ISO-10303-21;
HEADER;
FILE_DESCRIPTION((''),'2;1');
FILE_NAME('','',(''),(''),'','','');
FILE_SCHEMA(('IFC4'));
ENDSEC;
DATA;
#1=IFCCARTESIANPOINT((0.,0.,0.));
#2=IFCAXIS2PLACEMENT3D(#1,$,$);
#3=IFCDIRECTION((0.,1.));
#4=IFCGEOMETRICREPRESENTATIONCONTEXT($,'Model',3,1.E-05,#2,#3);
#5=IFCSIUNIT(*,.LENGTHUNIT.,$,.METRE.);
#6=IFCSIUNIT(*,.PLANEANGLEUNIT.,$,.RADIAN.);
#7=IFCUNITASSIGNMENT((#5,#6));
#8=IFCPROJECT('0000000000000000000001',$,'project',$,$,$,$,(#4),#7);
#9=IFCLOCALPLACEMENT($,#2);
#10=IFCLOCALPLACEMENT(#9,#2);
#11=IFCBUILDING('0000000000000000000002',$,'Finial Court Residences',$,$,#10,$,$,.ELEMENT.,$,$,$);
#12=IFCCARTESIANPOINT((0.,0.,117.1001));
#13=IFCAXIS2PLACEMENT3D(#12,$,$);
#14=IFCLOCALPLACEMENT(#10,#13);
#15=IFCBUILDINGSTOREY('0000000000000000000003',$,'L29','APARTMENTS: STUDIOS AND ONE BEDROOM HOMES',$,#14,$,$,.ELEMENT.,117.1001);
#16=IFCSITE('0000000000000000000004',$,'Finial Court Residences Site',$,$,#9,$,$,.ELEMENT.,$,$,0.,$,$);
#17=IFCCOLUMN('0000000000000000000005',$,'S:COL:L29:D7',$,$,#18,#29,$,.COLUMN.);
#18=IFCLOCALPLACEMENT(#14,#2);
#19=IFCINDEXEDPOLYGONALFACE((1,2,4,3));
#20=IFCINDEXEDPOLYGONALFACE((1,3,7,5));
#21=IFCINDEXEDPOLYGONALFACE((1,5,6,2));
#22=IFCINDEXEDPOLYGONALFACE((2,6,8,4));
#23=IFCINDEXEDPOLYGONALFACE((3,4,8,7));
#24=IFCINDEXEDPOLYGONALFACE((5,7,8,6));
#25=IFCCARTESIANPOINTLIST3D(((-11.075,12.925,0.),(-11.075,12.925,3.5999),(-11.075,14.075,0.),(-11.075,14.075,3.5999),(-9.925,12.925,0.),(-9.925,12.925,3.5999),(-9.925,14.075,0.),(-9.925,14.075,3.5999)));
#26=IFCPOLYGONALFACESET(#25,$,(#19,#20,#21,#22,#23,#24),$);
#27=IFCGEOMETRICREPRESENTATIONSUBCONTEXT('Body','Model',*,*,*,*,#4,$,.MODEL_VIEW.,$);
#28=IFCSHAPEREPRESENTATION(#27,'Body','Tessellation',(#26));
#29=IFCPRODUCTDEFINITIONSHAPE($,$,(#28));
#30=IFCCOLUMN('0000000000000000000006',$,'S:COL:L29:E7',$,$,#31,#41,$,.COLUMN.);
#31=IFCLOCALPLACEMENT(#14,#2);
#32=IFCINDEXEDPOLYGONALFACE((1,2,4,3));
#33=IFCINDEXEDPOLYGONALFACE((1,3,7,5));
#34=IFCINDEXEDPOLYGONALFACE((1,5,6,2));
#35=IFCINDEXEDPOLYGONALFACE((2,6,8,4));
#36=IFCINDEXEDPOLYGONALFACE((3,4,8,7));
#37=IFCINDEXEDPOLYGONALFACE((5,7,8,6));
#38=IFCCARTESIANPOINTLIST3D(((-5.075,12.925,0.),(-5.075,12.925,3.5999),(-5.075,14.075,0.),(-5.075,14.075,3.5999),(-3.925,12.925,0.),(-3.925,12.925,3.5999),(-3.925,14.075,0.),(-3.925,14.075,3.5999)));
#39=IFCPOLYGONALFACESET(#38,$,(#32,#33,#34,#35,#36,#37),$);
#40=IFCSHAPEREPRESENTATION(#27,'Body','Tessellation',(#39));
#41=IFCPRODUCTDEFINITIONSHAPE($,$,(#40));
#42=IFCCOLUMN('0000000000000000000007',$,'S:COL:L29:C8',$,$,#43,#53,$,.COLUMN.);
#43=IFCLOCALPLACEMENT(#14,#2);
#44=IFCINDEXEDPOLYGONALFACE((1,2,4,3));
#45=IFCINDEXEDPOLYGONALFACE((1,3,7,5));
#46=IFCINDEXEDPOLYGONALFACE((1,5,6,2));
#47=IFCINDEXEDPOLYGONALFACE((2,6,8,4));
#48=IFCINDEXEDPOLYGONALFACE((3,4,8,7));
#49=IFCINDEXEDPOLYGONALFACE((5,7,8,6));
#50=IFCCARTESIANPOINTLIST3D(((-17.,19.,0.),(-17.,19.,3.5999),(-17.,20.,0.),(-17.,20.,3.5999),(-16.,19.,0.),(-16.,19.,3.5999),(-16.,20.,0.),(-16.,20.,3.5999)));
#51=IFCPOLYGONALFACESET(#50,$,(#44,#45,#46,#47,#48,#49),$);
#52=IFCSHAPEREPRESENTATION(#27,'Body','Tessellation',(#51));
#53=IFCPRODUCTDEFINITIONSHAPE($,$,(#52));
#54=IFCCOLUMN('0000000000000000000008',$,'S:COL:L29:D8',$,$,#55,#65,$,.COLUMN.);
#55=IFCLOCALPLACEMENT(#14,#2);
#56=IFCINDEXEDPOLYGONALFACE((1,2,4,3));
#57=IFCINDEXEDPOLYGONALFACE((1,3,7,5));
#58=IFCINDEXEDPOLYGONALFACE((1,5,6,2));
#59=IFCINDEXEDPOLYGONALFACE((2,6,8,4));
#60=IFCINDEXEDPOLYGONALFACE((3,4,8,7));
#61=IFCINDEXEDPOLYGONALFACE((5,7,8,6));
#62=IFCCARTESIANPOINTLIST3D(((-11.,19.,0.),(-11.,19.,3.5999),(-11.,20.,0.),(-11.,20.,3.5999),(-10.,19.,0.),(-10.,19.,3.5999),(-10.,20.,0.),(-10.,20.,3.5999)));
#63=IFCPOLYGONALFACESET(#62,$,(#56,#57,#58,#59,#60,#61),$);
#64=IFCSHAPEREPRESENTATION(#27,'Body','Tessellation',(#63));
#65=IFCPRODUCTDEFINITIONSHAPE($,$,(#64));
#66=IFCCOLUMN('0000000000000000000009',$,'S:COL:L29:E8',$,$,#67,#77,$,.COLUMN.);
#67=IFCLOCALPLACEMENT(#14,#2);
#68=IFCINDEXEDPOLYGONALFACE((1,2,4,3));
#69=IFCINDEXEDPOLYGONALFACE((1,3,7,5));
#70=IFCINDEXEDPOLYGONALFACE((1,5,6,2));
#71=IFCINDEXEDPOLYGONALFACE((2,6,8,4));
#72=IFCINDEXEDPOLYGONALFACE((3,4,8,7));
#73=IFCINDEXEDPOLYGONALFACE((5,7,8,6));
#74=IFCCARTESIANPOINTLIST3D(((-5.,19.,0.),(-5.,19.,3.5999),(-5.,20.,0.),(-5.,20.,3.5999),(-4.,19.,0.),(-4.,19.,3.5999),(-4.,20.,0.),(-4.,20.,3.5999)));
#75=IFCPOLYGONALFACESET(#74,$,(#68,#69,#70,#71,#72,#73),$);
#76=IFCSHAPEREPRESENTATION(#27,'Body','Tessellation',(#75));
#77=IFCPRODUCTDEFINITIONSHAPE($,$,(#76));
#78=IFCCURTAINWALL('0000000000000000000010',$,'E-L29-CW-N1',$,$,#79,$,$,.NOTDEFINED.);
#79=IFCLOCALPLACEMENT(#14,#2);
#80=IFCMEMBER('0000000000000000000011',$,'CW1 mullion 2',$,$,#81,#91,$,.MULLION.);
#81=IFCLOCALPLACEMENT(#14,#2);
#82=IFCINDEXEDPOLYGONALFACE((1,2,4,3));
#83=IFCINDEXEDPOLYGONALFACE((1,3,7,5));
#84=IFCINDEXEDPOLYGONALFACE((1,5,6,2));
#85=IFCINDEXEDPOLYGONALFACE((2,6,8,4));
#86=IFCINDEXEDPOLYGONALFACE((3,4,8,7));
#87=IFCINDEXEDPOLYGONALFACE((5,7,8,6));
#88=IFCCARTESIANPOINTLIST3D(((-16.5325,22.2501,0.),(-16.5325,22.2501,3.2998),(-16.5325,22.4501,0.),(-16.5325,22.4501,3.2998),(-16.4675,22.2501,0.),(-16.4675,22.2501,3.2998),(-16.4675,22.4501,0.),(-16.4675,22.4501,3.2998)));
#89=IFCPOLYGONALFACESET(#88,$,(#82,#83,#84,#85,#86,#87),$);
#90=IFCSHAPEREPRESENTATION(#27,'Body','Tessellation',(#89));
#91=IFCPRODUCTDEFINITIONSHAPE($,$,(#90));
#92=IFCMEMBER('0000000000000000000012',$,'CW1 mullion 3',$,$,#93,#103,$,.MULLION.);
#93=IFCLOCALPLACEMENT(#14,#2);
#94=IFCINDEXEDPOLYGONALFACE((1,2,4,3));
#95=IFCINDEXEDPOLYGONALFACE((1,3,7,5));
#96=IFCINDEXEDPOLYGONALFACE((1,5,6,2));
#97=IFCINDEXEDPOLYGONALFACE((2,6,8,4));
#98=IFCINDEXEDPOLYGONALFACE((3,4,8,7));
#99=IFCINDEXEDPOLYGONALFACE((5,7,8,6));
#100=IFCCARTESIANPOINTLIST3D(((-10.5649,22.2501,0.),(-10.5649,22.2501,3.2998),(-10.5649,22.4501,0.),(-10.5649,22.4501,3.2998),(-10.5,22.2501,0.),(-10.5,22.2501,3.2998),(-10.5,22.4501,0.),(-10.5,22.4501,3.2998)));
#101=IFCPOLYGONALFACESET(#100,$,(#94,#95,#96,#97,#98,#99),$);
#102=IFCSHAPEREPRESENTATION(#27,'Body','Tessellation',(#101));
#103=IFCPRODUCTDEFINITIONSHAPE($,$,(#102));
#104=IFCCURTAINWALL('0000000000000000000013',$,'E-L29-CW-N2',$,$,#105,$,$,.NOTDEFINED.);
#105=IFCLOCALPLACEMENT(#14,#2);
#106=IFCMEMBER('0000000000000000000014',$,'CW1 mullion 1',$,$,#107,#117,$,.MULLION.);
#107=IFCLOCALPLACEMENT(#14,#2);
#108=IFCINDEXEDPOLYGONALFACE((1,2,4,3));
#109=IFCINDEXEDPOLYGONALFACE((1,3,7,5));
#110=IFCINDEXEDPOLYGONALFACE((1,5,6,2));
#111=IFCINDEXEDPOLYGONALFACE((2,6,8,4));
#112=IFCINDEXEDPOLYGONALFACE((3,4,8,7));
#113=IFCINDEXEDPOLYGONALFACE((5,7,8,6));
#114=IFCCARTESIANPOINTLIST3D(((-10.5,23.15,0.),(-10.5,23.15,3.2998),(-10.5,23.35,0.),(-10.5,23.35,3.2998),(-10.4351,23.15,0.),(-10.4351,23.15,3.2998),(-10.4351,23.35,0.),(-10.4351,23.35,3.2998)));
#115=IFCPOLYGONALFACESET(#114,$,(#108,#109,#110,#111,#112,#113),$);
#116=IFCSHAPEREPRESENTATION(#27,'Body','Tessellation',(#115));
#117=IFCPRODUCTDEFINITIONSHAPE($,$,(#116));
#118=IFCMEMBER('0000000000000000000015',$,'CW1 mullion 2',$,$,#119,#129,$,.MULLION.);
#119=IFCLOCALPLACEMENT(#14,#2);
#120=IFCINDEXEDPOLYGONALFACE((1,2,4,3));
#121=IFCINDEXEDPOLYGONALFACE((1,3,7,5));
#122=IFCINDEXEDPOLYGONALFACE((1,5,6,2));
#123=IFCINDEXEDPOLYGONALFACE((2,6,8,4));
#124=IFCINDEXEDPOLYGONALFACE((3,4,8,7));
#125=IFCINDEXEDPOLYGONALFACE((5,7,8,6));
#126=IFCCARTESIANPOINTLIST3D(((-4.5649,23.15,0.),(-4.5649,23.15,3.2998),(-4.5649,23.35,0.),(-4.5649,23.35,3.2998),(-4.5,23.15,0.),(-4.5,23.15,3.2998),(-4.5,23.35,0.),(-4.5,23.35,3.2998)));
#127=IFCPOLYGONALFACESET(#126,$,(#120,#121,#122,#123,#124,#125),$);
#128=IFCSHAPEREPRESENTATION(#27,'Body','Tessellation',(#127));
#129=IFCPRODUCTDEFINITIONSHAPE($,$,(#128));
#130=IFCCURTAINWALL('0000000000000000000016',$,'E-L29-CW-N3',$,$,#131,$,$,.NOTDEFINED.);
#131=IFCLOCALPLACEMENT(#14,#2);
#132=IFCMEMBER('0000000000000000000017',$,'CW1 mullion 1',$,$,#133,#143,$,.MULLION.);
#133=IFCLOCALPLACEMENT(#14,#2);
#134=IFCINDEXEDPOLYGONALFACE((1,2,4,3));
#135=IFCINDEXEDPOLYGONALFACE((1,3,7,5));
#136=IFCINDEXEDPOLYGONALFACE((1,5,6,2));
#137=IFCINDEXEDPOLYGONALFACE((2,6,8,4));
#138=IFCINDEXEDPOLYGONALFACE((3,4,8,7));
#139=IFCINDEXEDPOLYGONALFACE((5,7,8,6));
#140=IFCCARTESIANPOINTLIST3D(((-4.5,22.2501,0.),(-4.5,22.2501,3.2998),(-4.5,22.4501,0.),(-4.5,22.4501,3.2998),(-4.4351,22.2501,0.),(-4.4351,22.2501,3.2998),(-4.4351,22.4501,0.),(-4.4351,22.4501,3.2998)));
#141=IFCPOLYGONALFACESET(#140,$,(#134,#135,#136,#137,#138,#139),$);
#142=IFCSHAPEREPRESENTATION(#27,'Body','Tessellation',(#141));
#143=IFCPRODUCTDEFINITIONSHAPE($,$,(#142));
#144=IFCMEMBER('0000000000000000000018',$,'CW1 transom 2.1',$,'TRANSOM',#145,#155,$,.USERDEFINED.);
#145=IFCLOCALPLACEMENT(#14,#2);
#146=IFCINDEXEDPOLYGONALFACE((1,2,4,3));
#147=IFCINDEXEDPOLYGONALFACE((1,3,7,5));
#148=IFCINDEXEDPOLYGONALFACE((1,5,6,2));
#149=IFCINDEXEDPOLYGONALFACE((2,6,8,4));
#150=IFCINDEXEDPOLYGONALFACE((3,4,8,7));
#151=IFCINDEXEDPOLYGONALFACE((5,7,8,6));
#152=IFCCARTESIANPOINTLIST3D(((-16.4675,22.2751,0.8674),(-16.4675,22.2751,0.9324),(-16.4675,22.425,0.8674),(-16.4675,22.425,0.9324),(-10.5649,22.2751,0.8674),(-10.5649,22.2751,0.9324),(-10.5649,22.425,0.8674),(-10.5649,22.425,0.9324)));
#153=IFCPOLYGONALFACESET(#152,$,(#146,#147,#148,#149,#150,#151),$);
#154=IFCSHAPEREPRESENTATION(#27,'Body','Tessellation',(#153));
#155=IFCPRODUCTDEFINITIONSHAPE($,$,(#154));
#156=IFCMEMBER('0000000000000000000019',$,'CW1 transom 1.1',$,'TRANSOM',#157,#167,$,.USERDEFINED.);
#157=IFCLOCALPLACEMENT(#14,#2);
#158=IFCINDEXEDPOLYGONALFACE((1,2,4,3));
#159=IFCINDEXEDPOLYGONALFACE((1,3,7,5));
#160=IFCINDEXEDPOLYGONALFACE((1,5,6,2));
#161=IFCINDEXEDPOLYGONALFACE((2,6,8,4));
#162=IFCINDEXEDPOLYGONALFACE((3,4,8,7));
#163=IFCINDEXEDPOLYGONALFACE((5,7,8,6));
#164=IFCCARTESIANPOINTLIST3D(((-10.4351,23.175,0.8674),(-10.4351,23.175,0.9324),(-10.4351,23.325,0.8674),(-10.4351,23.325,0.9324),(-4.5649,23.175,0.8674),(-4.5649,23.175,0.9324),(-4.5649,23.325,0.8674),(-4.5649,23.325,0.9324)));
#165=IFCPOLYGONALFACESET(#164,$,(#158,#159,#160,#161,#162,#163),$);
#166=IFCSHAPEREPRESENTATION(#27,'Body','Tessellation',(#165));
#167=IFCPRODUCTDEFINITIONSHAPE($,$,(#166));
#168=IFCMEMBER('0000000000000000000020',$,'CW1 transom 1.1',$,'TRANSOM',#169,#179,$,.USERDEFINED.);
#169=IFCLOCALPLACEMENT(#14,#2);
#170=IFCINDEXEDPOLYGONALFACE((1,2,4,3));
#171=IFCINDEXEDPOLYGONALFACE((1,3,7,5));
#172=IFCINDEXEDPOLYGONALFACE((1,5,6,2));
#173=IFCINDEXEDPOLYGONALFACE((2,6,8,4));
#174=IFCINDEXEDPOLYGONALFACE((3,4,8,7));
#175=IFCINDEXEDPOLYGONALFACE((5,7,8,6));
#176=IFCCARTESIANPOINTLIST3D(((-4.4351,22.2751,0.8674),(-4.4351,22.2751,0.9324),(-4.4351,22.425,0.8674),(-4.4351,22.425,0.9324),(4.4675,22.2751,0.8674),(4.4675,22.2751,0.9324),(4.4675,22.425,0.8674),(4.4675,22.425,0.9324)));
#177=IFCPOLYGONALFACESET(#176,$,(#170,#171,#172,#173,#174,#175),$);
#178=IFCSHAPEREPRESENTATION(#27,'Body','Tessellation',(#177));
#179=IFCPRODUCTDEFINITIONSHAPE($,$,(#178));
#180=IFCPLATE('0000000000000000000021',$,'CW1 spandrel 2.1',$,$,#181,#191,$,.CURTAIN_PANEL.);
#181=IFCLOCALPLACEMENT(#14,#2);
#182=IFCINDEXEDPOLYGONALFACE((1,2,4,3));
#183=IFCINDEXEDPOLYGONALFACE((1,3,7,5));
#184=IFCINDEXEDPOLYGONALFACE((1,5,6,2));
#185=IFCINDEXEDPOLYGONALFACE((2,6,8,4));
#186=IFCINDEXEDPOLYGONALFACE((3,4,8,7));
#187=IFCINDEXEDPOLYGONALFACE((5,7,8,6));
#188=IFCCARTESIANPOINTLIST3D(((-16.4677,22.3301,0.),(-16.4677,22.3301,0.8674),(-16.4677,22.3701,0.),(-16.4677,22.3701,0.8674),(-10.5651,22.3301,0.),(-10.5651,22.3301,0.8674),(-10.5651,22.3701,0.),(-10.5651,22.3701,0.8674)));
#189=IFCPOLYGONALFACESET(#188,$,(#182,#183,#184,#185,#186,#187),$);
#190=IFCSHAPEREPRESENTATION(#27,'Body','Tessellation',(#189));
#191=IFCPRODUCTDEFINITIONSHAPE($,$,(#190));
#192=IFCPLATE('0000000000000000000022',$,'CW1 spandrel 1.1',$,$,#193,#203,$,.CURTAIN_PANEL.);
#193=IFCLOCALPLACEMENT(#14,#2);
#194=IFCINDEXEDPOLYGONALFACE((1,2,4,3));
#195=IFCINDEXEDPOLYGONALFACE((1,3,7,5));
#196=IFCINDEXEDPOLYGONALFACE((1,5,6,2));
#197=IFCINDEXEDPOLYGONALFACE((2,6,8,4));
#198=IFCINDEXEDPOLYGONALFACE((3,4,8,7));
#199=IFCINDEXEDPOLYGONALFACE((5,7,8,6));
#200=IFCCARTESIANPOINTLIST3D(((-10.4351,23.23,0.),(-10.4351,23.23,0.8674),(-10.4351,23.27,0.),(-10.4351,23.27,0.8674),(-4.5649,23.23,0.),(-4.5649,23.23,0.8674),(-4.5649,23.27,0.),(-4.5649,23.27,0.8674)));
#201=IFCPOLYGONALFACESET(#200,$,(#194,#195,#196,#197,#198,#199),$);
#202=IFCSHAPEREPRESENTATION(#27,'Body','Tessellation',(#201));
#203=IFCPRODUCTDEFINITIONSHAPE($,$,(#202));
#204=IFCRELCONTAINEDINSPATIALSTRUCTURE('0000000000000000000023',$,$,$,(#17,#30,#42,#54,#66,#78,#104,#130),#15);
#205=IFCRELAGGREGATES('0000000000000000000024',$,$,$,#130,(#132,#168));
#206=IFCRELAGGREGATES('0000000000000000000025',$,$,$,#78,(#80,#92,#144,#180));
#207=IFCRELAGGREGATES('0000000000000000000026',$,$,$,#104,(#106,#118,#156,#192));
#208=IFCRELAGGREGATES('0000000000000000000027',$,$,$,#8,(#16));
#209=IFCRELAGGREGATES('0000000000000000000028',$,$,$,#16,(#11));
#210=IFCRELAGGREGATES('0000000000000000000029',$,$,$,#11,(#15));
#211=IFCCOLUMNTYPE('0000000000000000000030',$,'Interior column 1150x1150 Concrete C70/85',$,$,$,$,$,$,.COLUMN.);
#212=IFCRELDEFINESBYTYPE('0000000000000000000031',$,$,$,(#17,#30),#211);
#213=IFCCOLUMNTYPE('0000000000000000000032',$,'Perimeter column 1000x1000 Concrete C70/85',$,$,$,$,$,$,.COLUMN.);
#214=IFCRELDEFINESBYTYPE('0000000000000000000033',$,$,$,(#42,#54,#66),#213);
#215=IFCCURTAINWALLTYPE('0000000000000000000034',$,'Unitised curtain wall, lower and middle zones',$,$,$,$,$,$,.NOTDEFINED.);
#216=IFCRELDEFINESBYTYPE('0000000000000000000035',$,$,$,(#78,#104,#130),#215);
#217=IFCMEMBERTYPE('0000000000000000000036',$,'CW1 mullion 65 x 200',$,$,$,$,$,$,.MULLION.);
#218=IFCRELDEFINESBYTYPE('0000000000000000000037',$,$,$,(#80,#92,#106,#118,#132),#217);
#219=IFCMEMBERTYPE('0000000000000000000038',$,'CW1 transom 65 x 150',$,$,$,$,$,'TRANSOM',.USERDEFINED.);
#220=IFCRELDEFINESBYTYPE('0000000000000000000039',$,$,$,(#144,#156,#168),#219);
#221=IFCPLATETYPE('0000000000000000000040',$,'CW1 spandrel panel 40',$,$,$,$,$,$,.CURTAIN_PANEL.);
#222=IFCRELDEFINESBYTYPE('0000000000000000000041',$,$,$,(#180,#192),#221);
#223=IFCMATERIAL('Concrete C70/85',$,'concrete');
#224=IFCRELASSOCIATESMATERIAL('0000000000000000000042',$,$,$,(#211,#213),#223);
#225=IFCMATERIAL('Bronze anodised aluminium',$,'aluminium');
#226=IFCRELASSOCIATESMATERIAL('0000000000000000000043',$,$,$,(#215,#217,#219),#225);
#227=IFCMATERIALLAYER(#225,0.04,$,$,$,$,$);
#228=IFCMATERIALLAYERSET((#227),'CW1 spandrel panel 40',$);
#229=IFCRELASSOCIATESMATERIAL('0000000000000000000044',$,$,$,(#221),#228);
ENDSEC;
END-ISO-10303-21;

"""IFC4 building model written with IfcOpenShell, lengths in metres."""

from ifc_helpers import new_model, si_unit, direction, frame, origin, origin_2d, place, context, subcontext, project, spatial, rectangle, extrude, material, layer, layer_set, material_profile, profile_set, type_object, element, aggregate, save


model = new_model("IFC4")

# Units and contexts
model_context = context("Model", 3, precision=1e-05, world=origin(), true_north=direction((0.0, 1.0)))
body_context = subcontext(model_context, "Body", "Model", "MODEL_VIEW")
ifc_project = project(units=[si_unit("LENGTHUNIT", "METRE"), si_unit("PLANEANGLEUNIT", "RADIAN")], contexts=[model_context])

# Site, building, storey
site_placement = place(None, origin())
site = spatial("IfcSite", under=ifc_project, at=site_placement, Name="Finial Court Residences Site", CompositionType="ELEMENT", RefElevation=0.0)
building_placement = place(site_placement, origin())
building = spatial("IfcBuilding", under=site, at=building_placement, Name="Finial Court Residences", CompositionType="ELEMENT")
storey_placement = place(building_placement, frame((0.0, 0.0, 117.1001)))
storey = spatial("IfcBuildingStorey", under=building, at=storey_placement, Name="L29", Description="APARTMENTS: STUDIOS AND ONE BEDROOM HOMES", CompositionType="ELEMENT", Elevation=117.1001)

# Columns
ifc_material_1 = material(Name="Concrete C70/85", Category="concrete")
ifc_material_profile_1 = material_profile(ifc_material_1, rectangle(XDim=1.1499, YDim=1.1499, at=origin_2d()), Name="1150x1150")
ifc_profile_set_1 = profile_set([ifc_material_profile_1], Name="Concrete C70/85")
column_type_1 = type_object("IfcColumnType", Name="Interior column 1150x1150 Concrete C70/85", PredefinedType="COLUMN", material=ifc_profile_set_1)
for number, where, z_axis, x_axis, name in (
    (1, (-10.5, 13.5, 0.0), (0.0, 0.0, 1.0), (1.0, 0.0, 0.0), "S:COL:L29:D7"),
    (2, (-4.5, 13.5, 0.0), (0.0, 0.0, 1.0), (1.0, 0.0, 0.0), "S:COL:L29:E7"),
):
    element("IfcColumn", number, at=place(storey_placement, frame(where, z_axis=z_axis, x_axis=x_axis)), inside=storey, type_object=column_type_1, Name=name, PredefinedType="COLUMN", context=body_context, shape_type="SweptSolid", body=[
        extrude(rectangle(XDim=1.1499, YDim=1.1499, at=origin_2d()), origin(), (0.0, 0.0, 1.0), 3.5999),
    ])
ifc_material_profile_2 = material_profile(ifc_material_1, rectangle(XDim=1.0, YDim=1.0, at=origin_2d()), Name="1000x1000")
ifc_profile_set_2 = profile_set([ifc_material_profile_2], Name="Concrete C70/85")
column_type_2 = type_object("IfcColumnType", Name="Perimeter column 1000x1000 Concrete C70/85", PredefinedType="COLUMN", material=ifc_profile_set_2)
for number, where, z_axis, x_axis, name in (
    (3, (-16.5, 19.5, 0.0), (0.0, 0.0, 1.0), (1.0, 0.0, 0.0), "S:COL:L29:C8"),
    (4, (-10.5, 19.5, 0.0), (0.0, 0.0, 1.0), (1.0, 0.0, 0.0), "S:COL:L29:D8"),
    (5, (-4.5, 19.5, 0.0), (0.0, 0.0, 1.0), (1.0, 0.0, 0.0), "S:COL:L29:E8"),
):
    element("IfcColumn", number, at=place(storey_placement, frame(where, z_axis=z_axis, x_axis=x_axis)), inside=storey, type_object=column_type_2, Name=name, PredefinedType="COLUMN", context=body_context, shape_type="SweptSolid", body=[
        extrude(rectangle(XDim=1.0, YDim=1.0, at=origin_2d()), origin(), (0.0, 0.0, 1.0), 3.5999),
    ])

# Curtain walls, members
ifc_material_2 = material(Name="Bronze anodised aluminium", Category="aluminium")
curtain_wall_type = type_object("IfcCurtainWallType", Name="Unitised curtain wall, lower and middle zones", PredefinedType="NOTDEFINED", material=ifc_material_2)
curtain_wall_1_placement = place(storey_placement, origin())
curtain_wall_1 = element("IfcCurtainWall", 6, at=curtain_wall_1_placement, inside=storey, type_object=curtain_wall_type, Name="E-L29-CW-N1", PredefinedType="NOTDEFINED")
ifc_material_profile_3 = material_profile(ifc_material_2, rectangle(XDim=0.2, YDim=0.0649, at=origin_2d()), Name="CW1 mullion 65 x 200")
ifc_profile_set_3 = profile_set([ifc_material_profile_3], Name="Bronze anodised aluminium")
member_type_1 = type_object("IfcMemberType", Name="CW1 mullion 65 x 200", PredefinedType="MULLION", material=ifc_profile_set_3)
member_1_placement = place(storey_placement, frame((-16.5, 22.3501, 0.0), z_axis=(0.0, 0.0, 1.0), x_axis=(0.0, 1.0, 0.0)))
member_1 = element("IfcMember", 7, at=member_1_placement, type_object=member_type_1, Name="CW1 mullion 2", PredefinedType="MULLION", context=body_context, shape_type="SweptSolid", body=[
    extrude(rectangle(XDim=0.2, YDim=0.0649, at=origin_2d()), origin(), (0.0, 0.0, 1.0), 3.2998),
])
member_2_placement = place(storey_placement, frame((-10.5325, 22.3501, 0.0), z_axis=(0.0, 0.0, 1.0), x_axis=(0.0, 1.0, 0.0)))
member_2 = element("IfcMember", 8, at=member_2_placement, type_object=member_type_1, Name="CW1 mullion 3", PredefinedType="MULLION", context=body_context, shape_type="SweptSolid", body=[
    extrude(rectangle(XDim=0.2, YDim=0.0649, at=origin_2d()), origin(), (0.0, 0.0, 1.0), 3.2998),
])
curtain_wall_2_placement = place(storey_placement, origin())
curtain_wall_2 = element("IfcCurtainWall", 9, at=curtain_wall_2_placement, inside=storey, type_object=curtain_wall_type, Name="E-L29-CW-N2", PredefinedType="NOTDEFINED")
member_3_placement = place(storey_placement, frame((-10.4675, 23.25, 0.0), z_axis=(0.0, 0.0, 1.0), x_axis=(0.0, 1.0, 0.0)))
member_3 = element("IfcMember", 10, at=member_3_placement, type_object=member_type_1, Name="CW1 mullion 1", PredefinedType="MULLION", context=body_context, shape_type="SweptSolid", body=[
    extrude(rectangle(XDim=0.2, YDim=0.0649, at=origin_2d()), origin(), (0.0, 0.0, 1.0), 3.2998),
])
member_4_placement = place(storey_placement, frame((-4.5325, 23.25, 0.0), z_axis=(0.0, 0.0, 1.0), x_axis=(0.0, 1.0, 0.0)))
member_4 = element("IfcMember", 11, at=member_4_placement, type_object=member_type_1, Name="CW1 mullion 2", PredefinedType="MULLION", context=body_context, shape_type="SweptSolid", body=[
    extrude(rectangle(XDim=0.2, YDim=0.0649, at=origin_2d()), origin(), (0.0, 0.0, 1.0), 3.2998),
])

# Curtain wall, member
curtain_wall_3_placement = place(storey_placement, origin())
curtain_wall_3 = element("IfcCurtainWall", 12, at=curtain_wall_3_placement, inside=storey, type_object=curtain_wall_type, Name="E-L29-CW-N3", PredefinedType="NOTDEFINED")
member_5_placement = place(storey_placement, frame((-4.4675, 22.3501, 0.0), z_axis=(0.0, 0.0, 1.0), x_axis=(0.0, 1.0, 0.0)))
member_5 = element("IfcMember", 13, at=member_5_placement, type_object=member_type_1, Name="CW1 mullion 1", PredefinedType="MULLION", context=body_context, shape_type="SweptSolid", body=[
    extrude(rectangle(XDim=0.2, YDim=0.0649, at=origin_2d()), origin(), (0.0, 0.0, 1.0), 3.2998),
])

# Members
ifc_material_profile_4 = material_profile(ifc_material_2, rectangle(XDim=0.1499, YDim=0.0649, at=origin_2d()), Name="CW1 transom 65 x 150")
ifc_profile_set_4 = profile_set([ifc_material_profile_4], Name="Bronze anodised aluminium")
member_type_2 = type_object("IfcMemberType", Name="CW1 transom 65 x 150", ElementType="TRANSOM", PredefinedType="USERDEFINED", material=ifc_profile_set_4)
member_6_placement = place(storey_placement, frame((-16.4675, 22.3501, 0.8999), z_axis=(1.0, 0.0, 0.0), x_axis=(0.0, 1.0, 0.0)))
member_6 = element("IfcMember", 14, at=member_6_placement, type_object=member_type_2, Name="CW1 transom 2.1", ObjectType="TRANSOM", PredefinedType="USERDEFINED", context=body_context, shape_type="SweptSolid", body=[
    extrude(rectangle(XDim=0.1499, YDim=0.0649, at=origin_2d()), origin(), (0.0, 0.0, 1.0), 5.9026),
])
member_7_placement = place(storey_placement, frame((-10.4351, 23.25, 0.8999), z_axis=(1.0, 0.0, 0.0), x_axis=(0.0, 1.0, 0.0)))
member_7 = element("IfcMember", 15, at=member_7_placement, type_object=member_type_2, Name="CW1 transom 1.1", ObjectType="TRANSOM", PredefinedType="USERDEFINED", context=body_context, shape_type="SweptSolid", body=[
    extrude(rectangle(XDim=0.1499, YDim=0.0649, at=origin_2d()), origin(), (0.0, 0.0, 1.0), 5.8701),
])
member_8_placement = place(storey_placement, frame((-4.4351, 22.3501, 0.8999), z_axis=(1.0, 0.0, 0.0), x_axis=(0.0, 1.0, 0.0)))
member_8 = element("IfcMember", 16, at=member_8_placement, type_object=member_type_2, Name="CW1 transom 1.1", ObjectType="TRANSOM", PredefinedType="USERDEFINED", context=body_context, shape_type="SweptSolid", body=[
    extrude(rectangle(XDim=0.1499, YDim=0.0649, at=origin_2d()), origin(), (0.0, 0.0, 1.0), 8.9026),
])
aggregate(curtain_wall_3, [member_5, member_8])

# Plates
ifc_layer_1 = layer(ifc_material_2, 0.04)
ifc_layer_set_1 = layer_set([ifc_layer_1], Name="CW1 spandrel panel 40")
plate_type_1 = type_object("IfcPlateType", Name="CW1 spandrel panel 40", PredefinedType="CURTAIN_PANEL", material=ifc_layer_set_1)
plate_1_placement = place(storey_placement, frame((-13.5164, 22.3501, 0.0), z_axis=(0.0, 0.0, 1.0), x_axis=(1.0, 0.0, 0.0)))
plate_1 = element("IfcPlate", 17, at=plate_1_placement, type_object=plate_type_1, Name="CW1 spandrel 2.1", PredefinedType="CURTAIN_PANEL", context=body_context, shape_type="SweptSolid", body=[
    extrude(rectangle(XDim=5.9026, YDim=0.04, at=origin_2d()), origin(), (0.0, 0.0, 1.0), 0.8674),
])
plate_2_placement = place(storey_placement, frame((-7.5, 23.25, 0.0), z_axis=(0.0, 0.0, 1.0), x_axis=(1.0, 0.0, 0.0)))
plate_2 = element("IfcPlate", 18, at=plate_2_placement, type_object=plate_type_1, Name="CW1 spandrel 1.1", PredefinedType="CURTAIN_PANEL", context=body_context, shape_type="SweptSolid", body=[
    extrude(rectangle(XDim=5.8701, YDim=0.04, at=origin_2d()), origin(), (0.0, 0.0, 1.0), 0.8674),
])
aggregate(curtain_wall_1, [member_1, member_2, member_6, plate_1])
aggregate(curtain_wall_2, [member_3, member_4, member_7, plate_2])

save(model, "model.ifc")
